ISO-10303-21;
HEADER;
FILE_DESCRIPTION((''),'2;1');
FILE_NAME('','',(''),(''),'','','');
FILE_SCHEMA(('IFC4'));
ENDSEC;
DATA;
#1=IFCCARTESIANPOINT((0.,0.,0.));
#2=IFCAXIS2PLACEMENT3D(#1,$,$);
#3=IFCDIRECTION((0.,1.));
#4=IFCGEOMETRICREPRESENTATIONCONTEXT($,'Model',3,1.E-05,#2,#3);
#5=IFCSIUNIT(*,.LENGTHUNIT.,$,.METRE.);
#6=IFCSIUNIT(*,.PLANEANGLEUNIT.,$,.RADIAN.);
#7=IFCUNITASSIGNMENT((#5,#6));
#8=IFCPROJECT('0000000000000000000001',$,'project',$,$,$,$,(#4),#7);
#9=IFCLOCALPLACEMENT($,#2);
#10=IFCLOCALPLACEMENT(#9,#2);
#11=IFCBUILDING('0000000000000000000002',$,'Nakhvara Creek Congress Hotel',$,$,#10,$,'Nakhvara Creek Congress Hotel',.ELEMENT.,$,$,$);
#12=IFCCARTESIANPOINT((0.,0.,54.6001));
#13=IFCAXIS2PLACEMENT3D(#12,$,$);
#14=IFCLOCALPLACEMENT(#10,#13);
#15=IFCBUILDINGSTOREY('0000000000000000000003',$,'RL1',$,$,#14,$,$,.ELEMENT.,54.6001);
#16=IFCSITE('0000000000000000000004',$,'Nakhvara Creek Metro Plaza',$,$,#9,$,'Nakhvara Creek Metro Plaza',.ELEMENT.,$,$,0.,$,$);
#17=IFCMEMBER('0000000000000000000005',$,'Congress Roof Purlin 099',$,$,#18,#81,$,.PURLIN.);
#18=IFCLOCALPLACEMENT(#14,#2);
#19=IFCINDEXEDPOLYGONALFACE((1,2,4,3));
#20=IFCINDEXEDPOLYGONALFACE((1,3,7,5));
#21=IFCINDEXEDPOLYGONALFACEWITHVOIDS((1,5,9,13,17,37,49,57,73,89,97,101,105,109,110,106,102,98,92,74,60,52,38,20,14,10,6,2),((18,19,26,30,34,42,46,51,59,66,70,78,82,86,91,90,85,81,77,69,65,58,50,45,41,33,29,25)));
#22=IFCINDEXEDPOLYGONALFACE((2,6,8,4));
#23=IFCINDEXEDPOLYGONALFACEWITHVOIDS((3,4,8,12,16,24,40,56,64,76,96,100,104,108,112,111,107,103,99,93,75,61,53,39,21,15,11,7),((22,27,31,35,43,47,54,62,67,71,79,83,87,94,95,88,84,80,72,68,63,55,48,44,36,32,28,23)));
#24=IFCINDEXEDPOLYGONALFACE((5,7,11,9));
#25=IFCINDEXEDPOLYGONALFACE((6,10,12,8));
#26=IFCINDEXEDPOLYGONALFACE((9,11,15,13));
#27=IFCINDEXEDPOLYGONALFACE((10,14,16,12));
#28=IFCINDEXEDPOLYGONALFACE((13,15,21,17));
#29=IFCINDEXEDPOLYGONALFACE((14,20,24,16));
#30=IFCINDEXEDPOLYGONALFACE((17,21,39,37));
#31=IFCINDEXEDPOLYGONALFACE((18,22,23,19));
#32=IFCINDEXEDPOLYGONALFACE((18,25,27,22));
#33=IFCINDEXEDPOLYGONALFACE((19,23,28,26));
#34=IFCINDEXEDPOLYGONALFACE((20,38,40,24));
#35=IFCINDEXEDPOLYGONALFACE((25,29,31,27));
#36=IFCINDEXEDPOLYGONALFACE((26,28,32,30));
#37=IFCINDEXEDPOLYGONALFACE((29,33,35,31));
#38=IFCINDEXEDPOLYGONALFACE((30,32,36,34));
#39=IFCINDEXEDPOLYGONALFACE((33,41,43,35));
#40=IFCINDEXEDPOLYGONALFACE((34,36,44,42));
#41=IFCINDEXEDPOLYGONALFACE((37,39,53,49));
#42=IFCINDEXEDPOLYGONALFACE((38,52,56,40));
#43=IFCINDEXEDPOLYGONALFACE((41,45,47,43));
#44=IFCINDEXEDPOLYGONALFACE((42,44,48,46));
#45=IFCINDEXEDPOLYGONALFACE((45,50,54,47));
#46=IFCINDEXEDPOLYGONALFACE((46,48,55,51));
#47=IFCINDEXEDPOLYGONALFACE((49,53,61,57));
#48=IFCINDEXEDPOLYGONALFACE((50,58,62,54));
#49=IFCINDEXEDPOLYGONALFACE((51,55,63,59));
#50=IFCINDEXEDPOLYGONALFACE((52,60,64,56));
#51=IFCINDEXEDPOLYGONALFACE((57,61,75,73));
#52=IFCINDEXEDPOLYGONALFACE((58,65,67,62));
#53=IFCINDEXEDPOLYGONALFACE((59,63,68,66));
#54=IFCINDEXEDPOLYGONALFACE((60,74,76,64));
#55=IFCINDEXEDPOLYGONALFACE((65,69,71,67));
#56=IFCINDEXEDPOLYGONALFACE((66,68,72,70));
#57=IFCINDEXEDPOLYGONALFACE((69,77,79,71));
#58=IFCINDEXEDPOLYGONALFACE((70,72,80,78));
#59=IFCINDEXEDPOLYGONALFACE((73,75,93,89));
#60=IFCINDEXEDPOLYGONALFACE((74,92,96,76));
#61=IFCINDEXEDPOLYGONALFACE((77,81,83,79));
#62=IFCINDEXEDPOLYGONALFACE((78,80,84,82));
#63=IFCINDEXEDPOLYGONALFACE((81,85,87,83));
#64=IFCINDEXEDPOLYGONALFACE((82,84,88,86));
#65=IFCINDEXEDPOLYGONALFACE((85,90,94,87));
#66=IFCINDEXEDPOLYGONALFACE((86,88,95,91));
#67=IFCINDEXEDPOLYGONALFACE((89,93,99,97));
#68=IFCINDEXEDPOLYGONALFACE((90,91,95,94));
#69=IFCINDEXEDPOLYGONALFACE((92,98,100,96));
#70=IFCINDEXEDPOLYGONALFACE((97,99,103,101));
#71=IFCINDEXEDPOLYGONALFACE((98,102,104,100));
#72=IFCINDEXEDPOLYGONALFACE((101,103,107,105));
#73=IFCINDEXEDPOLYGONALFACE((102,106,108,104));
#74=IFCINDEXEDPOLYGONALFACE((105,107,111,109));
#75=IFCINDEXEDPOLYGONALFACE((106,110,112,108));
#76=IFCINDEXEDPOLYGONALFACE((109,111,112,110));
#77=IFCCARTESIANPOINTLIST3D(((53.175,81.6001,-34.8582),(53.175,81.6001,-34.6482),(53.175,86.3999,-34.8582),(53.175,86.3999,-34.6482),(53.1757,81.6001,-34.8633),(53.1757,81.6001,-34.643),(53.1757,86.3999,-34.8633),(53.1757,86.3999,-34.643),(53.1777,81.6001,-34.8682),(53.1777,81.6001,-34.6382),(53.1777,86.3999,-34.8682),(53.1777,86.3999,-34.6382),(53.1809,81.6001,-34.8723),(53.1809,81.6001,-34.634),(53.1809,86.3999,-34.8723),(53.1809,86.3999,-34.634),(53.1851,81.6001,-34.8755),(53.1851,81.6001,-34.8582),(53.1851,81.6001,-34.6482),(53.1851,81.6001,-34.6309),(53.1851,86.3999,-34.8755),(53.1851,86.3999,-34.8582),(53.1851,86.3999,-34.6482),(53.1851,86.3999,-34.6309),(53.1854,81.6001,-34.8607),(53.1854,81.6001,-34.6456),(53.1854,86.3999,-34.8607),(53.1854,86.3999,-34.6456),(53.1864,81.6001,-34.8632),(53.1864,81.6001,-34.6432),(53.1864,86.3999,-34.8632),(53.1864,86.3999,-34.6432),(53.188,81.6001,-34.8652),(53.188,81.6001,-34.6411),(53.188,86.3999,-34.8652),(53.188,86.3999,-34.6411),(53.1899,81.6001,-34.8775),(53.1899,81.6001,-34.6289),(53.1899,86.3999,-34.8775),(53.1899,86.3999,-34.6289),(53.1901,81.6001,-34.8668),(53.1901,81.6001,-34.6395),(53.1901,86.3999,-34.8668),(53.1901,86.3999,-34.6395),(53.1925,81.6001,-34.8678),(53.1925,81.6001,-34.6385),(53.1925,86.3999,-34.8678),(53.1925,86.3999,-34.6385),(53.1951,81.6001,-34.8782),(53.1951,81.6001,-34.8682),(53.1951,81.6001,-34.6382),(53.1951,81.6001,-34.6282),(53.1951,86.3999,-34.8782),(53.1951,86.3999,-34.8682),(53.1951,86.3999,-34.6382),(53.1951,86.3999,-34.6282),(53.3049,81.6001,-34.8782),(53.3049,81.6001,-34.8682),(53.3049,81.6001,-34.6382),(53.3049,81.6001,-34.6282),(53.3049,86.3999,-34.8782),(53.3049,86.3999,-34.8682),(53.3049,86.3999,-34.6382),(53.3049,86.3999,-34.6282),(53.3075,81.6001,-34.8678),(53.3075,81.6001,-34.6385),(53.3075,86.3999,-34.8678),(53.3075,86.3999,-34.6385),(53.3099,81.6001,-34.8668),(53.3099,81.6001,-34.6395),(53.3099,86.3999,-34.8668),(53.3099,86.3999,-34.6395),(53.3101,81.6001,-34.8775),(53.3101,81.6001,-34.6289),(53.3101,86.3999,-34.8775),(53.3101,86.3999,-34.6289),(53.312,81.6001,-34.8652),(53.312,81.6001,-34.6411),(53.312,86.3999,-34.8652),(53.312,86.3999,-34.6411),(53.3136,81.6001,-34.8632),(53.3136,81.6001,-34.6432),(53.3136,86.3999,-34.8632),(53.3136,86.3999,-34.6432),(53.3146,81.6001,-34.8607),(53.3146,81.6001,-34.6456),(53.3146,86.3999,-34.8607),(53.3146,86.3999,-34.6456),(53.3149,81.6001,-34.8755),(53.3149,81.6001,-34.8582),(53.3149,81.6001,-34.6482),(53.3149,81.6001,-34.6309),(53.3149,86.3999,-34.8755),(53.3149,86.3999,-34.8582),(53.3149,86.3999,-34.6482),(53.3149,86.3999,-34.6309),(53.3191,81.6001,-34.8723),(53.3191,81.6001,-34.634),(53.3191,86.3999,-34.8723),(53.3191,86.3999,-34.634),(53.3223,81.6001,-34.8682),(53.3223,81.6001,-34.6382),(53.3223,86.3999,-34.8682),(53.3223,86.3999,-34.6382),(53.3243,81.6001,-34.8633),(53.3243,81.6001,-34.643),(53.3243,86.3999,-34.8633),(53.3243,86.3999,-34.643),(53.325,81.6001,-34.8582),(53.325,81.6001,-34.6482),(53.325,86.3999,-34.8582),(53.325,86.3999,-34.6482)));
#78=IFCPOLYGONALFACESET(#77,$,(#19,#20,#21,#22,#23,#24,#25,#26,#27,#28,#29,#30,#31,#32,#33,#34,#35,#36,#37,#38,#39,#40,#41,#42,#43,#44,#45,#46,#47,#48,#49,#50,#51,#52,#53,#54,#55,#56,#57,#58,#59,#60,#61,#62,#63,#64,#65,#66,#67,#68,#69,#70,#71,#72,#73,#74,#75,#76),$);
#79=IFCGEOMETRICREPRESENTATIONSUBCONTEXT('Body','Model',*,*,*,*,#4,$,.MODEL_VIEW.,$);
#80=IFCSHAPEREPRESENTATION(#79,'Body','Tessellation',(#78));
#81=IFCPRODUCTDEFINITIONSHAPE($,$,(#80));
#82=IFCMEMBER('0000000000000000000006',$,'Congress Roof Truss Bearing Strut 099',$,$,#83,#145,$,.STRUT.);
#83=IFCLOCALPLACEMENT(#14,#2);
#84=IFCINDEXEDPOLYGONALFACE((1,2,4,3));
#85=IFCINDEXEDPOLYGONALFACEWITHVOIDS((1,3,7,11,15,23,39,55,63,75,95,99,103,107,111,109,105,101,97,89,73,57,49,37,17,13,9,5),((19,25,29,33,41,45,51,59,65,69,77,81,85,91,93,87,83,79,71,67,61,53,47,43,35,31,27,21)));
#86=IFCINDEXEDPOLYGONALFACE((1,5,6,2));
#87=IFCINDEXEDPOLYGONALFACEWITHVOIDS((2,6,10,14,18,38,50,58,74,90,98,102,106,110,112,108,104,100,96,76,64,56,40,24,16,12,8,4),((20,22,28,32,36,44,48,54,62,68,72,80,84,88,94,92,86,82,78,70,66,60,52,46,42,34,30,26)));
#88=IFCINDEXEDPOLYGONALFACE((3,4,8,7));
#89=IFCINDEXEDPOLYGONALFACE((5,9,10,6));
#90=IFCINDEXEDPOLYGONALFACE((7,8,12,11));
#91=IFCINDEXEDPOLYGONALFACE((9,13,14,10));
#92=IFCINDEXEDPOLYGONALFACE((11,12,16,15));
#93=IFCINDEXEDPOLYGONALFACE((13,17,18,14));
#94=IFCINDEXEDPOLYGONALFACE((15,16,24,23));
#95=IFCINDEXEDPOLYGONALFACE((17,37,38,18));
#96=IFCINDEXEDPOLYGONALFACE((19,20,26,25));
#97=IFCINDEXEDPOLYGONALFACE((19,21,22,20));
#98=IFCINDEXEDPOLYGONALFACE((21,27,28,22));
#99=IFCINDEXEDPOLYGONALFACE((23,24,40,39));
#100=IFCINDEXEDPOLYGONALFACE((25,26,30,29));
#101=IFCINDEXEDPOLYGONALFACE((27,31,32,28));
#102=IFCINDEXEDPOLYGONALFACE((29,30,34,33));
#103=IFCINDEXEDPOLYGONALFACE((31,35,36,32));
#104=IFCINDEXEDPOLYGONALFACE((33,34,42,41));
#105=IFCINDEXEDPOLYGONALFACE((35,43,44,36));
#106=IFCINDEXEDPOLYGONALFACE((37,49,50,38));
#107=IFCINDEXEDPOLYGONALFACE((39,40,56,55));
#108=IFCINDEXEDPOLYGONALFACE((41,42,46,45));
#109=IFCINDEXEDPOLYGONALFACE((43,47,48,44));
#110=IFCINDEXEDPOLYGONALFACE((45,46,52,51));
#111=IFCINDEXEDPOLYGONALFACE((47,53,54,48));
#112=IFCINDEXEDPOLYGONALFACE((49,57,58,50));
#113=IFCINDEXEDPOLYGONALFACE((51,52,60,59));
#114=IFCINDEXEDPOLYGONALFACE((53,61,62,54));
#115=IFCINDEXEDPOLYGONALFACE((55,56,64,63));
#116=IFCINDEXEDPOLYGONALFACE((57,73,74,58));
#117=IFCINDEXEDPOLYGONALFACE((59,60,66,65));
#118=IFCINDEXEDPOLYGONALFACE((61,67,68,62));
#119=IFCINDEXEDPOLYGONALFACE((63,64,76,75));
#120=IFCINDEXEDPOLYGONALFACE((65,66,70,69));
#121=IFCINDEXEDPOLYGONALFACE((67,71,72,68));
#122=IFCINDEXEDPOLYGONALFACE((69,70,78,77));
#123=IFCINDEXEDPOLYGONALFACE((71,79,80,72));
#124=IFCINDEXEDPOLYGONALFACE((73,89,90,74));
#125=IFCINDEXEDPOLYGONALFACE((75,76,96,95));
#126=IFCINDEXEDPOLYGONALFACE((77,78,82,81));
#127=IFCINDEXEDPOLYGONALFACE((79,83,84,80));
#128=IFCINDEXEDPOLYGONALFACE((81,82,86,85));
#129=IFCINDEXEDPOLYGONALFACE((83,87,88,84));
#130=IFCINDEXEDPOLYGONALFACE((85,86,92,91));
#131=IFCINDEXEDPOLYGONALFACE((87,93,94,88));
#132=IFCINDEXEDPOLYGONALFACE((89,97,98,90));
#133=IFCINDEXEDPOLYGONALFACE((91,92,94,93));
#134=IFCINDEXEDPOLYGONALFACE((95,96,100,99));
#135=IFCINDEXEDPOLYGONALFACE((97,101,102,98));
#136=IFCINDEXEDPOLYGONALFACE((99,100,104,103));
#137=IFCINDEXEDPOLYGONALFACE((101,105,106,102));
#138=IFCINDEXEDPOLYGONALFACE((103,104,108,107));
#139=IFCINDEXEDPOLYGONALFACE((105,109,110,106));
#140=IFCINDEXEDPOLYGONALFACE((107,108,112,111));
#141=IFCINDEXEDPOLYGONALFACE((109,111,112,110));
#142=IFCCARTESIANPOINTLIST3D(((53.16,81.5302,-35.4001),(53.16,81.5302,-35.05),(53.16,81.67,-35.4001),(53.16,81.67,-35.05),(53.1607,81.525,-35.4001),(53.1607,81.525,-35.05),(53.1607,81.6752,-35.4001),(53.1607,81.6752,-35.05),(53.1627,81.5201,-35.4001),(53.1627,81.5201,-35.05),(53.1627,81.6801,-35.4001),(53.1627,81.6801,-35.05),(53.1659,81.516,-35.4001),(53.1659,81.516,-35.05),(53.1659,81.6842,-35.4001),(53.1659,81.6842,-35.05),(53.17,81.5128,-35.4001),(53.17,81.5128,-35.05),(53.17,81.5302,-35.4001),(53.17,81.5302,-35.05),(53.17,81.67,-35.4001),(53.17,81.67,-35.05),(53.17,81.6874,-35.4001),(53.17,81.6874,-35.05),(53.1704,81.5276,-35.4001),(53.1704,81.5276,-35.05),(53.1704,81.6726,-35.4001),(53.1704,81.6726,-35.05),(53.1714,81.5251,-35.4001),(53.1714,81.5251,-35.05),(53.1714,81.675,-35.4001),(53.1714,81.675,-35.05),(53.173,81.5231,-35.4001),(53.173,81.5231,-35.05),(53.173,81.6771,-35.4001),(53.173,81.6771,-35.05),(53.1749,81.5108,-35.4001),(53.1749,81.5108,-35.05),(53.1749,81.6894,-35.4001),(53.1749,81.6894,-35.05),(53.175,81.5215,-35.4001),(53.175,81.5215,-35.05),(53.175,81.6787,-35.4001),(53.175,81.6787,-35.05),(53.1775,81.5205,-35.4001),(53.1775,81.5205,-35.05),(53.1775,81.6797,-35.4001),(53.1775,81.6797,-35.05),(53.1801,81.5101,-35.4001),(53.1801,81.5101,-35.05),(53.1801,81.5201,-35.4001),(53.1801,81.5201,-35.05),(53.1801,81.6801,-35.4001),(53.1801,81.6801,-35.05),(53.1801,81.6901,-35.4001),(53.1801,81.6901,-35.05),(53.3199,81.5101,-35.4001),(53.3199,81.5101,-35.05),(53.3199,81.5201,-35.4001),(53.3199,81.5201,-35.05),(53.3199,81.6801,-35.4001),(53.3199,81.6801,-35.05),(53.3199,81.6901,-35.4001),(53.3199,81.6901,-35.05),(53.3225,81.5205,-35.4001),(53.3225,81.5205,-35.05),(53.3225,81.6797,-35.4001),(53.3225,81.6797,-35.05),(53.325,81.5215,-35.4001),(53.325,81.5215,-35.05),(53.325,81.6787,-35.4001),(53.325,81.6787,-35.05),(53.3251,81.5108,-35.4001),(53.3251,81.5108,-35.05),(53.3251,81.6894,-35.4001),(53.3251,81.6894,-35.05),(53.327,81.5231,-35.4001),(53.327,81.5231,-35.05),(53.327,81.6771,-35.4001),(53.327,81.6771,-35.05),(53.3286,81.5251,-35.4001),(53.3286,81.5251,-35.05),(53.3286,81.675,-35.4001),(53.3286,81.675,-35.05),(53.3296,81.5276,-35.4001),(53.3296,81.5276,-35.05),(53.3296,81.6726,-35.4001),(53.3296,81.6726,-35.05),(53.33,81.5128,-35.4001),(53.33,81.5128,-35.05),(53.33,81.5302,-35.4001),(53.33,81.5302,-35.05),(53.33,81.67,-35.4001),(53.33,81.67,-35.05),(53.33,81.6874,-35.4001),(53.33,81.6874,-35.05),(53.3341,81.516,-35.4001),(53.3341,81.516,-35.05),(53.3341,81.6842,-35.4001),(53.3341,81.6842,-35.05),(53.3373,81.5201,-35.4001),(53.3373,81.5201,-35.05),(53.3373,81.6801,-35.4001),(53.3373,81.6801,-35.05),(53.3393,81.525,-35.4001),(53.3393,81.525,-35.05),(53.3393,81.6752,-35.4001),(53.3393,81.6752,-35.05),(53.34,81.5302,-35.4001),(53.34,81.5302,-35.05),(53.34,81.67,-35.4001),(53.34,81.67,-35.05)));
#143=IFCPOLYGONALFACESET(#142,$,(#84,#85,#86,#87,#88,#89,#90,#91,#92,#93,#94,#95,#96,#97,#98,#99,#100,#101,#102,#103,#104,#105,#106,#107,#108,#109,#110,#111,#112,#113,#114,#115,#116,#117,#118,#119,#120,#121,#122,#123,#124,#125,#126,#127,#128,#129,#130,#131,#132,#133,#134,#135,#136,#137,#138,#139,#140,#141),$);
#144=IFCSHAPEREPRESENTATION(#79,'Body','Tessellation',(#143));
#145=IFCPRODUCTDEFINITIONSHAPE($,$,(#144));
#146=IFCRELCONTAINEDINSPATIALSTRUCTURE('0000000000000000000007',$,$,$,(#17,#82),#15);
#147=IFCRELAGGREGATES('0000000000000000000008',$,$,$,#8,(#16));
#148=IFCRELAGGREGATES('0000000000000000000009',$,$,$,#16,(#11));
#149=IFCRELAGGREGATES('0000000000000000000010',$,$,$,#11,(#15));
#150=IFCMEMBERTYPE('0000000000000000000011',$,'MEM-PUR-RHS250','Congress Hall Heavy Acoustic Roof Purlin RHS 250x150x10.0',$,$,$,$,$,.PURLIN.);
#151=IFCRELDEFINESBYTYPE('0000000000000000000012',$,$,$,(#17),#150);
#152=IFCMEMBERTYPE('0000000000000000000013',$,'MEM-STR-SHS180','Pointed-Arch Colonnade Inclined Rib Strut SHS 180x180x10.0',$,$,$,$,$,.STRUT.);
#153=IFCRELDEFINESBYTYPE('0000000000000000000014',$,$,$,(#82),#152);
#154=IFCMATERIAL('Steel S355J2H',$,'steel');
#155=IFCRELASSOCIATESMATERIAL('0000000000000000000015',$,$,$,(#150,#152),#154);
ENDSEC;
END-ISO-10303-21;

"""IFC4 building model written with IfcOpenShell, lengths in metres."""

from ifc_helpers import new_model, si_unit, direction, frame, origin, origin_2d, place, context, subcontext, project, spatial, hollow_rectangle, extrude, material, material_profile, profile_set, type_object, element, save


model = new_model("IFC4")

# Units and contexts
model_context = context("Model", 3, precision=1e-05, world=origin(), true_north=direction((0.0, 1.0)))
body_context = subcontext(model_context, "Body", "Model", "MODEL_VIEW")
ifc_project = project(units=[si_unit("LENGTHUNIT", "METRE"), si_unit("PLANEANGLEUNIT", "RADIAN")], contexts=[model_context])

# Site, building, storey
site_placement = place(None, origin())
site = spatial("IfcSite", under=ifc_project, at=site_placement, Name="Nakhvara Creek Metro Plaza", LongName="Nakhvara Creek Metro Plaza", CompositionType="ELEMENT", RefElevation=0.0)
building_placement = place(site_placement, origin())
building = spatial("IfcBuilding", under=site, at=building_placement, Name="Nakhvara Creek Congress Hotel", LongName="Nakhvara Creek Congress Hotel", CompositionType="ELEMENT")
storey_placement = place(building_placement, frame((0.0, 0.0, 54.6001)))
storey = spatial("IfcBuildingStorey", under=building, at=storey_placement, Name="RL1", CompositionType="ELEMENT", Elevation=54.6001)

# Members
ifc_material_1 = material(Name="Steel S355J2H", Category="steel")
ifc_material_profile_1 = material_profile(ifc_material_1, hollow_rectangle(XDim=0.1499, YDim=0.25, WallThickness=0.01, InnerFilletRadius=0.01, OuterFilletRadius=0.02, at=origin_2d()), Name="RHS 250x150x10.0", Category="LoadBearing")
ifc_profile_set_1 = profile_set([ifc_material_profile_1], Name="Steel S355J2H")
member_type_1 = type_object("IfcMemberType", Name="MEM-PUR-RHS250", Description="Congress Hall Heavy Acoustic Roof Purlin RHS 250x150x10.0", PredefinedType="PURLIN", material=ifc_profile_set_1)
member_1_placement = place(storey_placement, frame((53.25, 81.6001, -34.7532), z_axis=(0.0, 1.0, 0.0), x_axis=(-1.0, 0.0, 0.0)))
element("IfcMember", 1, at=member_1_placement, inside=storey, type_object=member_type_1, Name="Congress Roof Purlin 099", PredefinedType="PURLIN", context=body_context, shape_type="SweptSolid", body=[
    extrude(hollow_rectangle(XDim=0.1499, YDim=0.25, WallThickness=0.01, InnerFilletRadius=0.01, OuterFilletRadius=0.02, at=origin_2d()), origin(), (0.0, 0.0, 1.0), 4.7998),
])
ifc_material_profile_2 = material_profile(ifc_material_1, hollow_rectangle(XDim=0.1799, YDim=0.1799, WallThickness=0.01, InnerFilletRadius=0.01, OuterFilletRadius=0.02, at=origin_2d()), Name="SHS 180x180x10.0", Category="LoadBearing")
ifc_profile_set_2 = profile_set([ifc_material_profile_2], Name="Steel S355J2H")
member_type_2 = type_object("IfcMemberType", Name="MEM-STR-SHS180", Description="Pointed-Arch Colonnade Inclined Rib Strut SHS 180x180x10.0", PredefinedType="STRUT", material=ifc_profile_set_2)
for number, where, z_axis, x_axis, name in (
    (2, (53.25, 81.6001, -35.4001), (0.0, 0.0, 1.0), (1.0, 0.0, 0.0), "Congress Roof Truss Bearing Strut 099"),
):
    element("IfcMember", number, at=place(storey_placement, frame(where, z_axis=z_axis, x_axis=x_axis)), inside=storey, type_object=member_type_2, Name=name, PredefinedType="STRUT", context=body_context, shape_type="SweptSolid", body=[
        extrude(hollow_rectangle(XDim=0.1799, YDim=0.1799, WallThickness=0.01, InnerFilletRadius=0.01, OuterFilletRadius=0.02, at=origin_2d()), origin(), (0.0, 0.0, 1.0), 0.3501),
    ])

save(model, "model.ifc")
